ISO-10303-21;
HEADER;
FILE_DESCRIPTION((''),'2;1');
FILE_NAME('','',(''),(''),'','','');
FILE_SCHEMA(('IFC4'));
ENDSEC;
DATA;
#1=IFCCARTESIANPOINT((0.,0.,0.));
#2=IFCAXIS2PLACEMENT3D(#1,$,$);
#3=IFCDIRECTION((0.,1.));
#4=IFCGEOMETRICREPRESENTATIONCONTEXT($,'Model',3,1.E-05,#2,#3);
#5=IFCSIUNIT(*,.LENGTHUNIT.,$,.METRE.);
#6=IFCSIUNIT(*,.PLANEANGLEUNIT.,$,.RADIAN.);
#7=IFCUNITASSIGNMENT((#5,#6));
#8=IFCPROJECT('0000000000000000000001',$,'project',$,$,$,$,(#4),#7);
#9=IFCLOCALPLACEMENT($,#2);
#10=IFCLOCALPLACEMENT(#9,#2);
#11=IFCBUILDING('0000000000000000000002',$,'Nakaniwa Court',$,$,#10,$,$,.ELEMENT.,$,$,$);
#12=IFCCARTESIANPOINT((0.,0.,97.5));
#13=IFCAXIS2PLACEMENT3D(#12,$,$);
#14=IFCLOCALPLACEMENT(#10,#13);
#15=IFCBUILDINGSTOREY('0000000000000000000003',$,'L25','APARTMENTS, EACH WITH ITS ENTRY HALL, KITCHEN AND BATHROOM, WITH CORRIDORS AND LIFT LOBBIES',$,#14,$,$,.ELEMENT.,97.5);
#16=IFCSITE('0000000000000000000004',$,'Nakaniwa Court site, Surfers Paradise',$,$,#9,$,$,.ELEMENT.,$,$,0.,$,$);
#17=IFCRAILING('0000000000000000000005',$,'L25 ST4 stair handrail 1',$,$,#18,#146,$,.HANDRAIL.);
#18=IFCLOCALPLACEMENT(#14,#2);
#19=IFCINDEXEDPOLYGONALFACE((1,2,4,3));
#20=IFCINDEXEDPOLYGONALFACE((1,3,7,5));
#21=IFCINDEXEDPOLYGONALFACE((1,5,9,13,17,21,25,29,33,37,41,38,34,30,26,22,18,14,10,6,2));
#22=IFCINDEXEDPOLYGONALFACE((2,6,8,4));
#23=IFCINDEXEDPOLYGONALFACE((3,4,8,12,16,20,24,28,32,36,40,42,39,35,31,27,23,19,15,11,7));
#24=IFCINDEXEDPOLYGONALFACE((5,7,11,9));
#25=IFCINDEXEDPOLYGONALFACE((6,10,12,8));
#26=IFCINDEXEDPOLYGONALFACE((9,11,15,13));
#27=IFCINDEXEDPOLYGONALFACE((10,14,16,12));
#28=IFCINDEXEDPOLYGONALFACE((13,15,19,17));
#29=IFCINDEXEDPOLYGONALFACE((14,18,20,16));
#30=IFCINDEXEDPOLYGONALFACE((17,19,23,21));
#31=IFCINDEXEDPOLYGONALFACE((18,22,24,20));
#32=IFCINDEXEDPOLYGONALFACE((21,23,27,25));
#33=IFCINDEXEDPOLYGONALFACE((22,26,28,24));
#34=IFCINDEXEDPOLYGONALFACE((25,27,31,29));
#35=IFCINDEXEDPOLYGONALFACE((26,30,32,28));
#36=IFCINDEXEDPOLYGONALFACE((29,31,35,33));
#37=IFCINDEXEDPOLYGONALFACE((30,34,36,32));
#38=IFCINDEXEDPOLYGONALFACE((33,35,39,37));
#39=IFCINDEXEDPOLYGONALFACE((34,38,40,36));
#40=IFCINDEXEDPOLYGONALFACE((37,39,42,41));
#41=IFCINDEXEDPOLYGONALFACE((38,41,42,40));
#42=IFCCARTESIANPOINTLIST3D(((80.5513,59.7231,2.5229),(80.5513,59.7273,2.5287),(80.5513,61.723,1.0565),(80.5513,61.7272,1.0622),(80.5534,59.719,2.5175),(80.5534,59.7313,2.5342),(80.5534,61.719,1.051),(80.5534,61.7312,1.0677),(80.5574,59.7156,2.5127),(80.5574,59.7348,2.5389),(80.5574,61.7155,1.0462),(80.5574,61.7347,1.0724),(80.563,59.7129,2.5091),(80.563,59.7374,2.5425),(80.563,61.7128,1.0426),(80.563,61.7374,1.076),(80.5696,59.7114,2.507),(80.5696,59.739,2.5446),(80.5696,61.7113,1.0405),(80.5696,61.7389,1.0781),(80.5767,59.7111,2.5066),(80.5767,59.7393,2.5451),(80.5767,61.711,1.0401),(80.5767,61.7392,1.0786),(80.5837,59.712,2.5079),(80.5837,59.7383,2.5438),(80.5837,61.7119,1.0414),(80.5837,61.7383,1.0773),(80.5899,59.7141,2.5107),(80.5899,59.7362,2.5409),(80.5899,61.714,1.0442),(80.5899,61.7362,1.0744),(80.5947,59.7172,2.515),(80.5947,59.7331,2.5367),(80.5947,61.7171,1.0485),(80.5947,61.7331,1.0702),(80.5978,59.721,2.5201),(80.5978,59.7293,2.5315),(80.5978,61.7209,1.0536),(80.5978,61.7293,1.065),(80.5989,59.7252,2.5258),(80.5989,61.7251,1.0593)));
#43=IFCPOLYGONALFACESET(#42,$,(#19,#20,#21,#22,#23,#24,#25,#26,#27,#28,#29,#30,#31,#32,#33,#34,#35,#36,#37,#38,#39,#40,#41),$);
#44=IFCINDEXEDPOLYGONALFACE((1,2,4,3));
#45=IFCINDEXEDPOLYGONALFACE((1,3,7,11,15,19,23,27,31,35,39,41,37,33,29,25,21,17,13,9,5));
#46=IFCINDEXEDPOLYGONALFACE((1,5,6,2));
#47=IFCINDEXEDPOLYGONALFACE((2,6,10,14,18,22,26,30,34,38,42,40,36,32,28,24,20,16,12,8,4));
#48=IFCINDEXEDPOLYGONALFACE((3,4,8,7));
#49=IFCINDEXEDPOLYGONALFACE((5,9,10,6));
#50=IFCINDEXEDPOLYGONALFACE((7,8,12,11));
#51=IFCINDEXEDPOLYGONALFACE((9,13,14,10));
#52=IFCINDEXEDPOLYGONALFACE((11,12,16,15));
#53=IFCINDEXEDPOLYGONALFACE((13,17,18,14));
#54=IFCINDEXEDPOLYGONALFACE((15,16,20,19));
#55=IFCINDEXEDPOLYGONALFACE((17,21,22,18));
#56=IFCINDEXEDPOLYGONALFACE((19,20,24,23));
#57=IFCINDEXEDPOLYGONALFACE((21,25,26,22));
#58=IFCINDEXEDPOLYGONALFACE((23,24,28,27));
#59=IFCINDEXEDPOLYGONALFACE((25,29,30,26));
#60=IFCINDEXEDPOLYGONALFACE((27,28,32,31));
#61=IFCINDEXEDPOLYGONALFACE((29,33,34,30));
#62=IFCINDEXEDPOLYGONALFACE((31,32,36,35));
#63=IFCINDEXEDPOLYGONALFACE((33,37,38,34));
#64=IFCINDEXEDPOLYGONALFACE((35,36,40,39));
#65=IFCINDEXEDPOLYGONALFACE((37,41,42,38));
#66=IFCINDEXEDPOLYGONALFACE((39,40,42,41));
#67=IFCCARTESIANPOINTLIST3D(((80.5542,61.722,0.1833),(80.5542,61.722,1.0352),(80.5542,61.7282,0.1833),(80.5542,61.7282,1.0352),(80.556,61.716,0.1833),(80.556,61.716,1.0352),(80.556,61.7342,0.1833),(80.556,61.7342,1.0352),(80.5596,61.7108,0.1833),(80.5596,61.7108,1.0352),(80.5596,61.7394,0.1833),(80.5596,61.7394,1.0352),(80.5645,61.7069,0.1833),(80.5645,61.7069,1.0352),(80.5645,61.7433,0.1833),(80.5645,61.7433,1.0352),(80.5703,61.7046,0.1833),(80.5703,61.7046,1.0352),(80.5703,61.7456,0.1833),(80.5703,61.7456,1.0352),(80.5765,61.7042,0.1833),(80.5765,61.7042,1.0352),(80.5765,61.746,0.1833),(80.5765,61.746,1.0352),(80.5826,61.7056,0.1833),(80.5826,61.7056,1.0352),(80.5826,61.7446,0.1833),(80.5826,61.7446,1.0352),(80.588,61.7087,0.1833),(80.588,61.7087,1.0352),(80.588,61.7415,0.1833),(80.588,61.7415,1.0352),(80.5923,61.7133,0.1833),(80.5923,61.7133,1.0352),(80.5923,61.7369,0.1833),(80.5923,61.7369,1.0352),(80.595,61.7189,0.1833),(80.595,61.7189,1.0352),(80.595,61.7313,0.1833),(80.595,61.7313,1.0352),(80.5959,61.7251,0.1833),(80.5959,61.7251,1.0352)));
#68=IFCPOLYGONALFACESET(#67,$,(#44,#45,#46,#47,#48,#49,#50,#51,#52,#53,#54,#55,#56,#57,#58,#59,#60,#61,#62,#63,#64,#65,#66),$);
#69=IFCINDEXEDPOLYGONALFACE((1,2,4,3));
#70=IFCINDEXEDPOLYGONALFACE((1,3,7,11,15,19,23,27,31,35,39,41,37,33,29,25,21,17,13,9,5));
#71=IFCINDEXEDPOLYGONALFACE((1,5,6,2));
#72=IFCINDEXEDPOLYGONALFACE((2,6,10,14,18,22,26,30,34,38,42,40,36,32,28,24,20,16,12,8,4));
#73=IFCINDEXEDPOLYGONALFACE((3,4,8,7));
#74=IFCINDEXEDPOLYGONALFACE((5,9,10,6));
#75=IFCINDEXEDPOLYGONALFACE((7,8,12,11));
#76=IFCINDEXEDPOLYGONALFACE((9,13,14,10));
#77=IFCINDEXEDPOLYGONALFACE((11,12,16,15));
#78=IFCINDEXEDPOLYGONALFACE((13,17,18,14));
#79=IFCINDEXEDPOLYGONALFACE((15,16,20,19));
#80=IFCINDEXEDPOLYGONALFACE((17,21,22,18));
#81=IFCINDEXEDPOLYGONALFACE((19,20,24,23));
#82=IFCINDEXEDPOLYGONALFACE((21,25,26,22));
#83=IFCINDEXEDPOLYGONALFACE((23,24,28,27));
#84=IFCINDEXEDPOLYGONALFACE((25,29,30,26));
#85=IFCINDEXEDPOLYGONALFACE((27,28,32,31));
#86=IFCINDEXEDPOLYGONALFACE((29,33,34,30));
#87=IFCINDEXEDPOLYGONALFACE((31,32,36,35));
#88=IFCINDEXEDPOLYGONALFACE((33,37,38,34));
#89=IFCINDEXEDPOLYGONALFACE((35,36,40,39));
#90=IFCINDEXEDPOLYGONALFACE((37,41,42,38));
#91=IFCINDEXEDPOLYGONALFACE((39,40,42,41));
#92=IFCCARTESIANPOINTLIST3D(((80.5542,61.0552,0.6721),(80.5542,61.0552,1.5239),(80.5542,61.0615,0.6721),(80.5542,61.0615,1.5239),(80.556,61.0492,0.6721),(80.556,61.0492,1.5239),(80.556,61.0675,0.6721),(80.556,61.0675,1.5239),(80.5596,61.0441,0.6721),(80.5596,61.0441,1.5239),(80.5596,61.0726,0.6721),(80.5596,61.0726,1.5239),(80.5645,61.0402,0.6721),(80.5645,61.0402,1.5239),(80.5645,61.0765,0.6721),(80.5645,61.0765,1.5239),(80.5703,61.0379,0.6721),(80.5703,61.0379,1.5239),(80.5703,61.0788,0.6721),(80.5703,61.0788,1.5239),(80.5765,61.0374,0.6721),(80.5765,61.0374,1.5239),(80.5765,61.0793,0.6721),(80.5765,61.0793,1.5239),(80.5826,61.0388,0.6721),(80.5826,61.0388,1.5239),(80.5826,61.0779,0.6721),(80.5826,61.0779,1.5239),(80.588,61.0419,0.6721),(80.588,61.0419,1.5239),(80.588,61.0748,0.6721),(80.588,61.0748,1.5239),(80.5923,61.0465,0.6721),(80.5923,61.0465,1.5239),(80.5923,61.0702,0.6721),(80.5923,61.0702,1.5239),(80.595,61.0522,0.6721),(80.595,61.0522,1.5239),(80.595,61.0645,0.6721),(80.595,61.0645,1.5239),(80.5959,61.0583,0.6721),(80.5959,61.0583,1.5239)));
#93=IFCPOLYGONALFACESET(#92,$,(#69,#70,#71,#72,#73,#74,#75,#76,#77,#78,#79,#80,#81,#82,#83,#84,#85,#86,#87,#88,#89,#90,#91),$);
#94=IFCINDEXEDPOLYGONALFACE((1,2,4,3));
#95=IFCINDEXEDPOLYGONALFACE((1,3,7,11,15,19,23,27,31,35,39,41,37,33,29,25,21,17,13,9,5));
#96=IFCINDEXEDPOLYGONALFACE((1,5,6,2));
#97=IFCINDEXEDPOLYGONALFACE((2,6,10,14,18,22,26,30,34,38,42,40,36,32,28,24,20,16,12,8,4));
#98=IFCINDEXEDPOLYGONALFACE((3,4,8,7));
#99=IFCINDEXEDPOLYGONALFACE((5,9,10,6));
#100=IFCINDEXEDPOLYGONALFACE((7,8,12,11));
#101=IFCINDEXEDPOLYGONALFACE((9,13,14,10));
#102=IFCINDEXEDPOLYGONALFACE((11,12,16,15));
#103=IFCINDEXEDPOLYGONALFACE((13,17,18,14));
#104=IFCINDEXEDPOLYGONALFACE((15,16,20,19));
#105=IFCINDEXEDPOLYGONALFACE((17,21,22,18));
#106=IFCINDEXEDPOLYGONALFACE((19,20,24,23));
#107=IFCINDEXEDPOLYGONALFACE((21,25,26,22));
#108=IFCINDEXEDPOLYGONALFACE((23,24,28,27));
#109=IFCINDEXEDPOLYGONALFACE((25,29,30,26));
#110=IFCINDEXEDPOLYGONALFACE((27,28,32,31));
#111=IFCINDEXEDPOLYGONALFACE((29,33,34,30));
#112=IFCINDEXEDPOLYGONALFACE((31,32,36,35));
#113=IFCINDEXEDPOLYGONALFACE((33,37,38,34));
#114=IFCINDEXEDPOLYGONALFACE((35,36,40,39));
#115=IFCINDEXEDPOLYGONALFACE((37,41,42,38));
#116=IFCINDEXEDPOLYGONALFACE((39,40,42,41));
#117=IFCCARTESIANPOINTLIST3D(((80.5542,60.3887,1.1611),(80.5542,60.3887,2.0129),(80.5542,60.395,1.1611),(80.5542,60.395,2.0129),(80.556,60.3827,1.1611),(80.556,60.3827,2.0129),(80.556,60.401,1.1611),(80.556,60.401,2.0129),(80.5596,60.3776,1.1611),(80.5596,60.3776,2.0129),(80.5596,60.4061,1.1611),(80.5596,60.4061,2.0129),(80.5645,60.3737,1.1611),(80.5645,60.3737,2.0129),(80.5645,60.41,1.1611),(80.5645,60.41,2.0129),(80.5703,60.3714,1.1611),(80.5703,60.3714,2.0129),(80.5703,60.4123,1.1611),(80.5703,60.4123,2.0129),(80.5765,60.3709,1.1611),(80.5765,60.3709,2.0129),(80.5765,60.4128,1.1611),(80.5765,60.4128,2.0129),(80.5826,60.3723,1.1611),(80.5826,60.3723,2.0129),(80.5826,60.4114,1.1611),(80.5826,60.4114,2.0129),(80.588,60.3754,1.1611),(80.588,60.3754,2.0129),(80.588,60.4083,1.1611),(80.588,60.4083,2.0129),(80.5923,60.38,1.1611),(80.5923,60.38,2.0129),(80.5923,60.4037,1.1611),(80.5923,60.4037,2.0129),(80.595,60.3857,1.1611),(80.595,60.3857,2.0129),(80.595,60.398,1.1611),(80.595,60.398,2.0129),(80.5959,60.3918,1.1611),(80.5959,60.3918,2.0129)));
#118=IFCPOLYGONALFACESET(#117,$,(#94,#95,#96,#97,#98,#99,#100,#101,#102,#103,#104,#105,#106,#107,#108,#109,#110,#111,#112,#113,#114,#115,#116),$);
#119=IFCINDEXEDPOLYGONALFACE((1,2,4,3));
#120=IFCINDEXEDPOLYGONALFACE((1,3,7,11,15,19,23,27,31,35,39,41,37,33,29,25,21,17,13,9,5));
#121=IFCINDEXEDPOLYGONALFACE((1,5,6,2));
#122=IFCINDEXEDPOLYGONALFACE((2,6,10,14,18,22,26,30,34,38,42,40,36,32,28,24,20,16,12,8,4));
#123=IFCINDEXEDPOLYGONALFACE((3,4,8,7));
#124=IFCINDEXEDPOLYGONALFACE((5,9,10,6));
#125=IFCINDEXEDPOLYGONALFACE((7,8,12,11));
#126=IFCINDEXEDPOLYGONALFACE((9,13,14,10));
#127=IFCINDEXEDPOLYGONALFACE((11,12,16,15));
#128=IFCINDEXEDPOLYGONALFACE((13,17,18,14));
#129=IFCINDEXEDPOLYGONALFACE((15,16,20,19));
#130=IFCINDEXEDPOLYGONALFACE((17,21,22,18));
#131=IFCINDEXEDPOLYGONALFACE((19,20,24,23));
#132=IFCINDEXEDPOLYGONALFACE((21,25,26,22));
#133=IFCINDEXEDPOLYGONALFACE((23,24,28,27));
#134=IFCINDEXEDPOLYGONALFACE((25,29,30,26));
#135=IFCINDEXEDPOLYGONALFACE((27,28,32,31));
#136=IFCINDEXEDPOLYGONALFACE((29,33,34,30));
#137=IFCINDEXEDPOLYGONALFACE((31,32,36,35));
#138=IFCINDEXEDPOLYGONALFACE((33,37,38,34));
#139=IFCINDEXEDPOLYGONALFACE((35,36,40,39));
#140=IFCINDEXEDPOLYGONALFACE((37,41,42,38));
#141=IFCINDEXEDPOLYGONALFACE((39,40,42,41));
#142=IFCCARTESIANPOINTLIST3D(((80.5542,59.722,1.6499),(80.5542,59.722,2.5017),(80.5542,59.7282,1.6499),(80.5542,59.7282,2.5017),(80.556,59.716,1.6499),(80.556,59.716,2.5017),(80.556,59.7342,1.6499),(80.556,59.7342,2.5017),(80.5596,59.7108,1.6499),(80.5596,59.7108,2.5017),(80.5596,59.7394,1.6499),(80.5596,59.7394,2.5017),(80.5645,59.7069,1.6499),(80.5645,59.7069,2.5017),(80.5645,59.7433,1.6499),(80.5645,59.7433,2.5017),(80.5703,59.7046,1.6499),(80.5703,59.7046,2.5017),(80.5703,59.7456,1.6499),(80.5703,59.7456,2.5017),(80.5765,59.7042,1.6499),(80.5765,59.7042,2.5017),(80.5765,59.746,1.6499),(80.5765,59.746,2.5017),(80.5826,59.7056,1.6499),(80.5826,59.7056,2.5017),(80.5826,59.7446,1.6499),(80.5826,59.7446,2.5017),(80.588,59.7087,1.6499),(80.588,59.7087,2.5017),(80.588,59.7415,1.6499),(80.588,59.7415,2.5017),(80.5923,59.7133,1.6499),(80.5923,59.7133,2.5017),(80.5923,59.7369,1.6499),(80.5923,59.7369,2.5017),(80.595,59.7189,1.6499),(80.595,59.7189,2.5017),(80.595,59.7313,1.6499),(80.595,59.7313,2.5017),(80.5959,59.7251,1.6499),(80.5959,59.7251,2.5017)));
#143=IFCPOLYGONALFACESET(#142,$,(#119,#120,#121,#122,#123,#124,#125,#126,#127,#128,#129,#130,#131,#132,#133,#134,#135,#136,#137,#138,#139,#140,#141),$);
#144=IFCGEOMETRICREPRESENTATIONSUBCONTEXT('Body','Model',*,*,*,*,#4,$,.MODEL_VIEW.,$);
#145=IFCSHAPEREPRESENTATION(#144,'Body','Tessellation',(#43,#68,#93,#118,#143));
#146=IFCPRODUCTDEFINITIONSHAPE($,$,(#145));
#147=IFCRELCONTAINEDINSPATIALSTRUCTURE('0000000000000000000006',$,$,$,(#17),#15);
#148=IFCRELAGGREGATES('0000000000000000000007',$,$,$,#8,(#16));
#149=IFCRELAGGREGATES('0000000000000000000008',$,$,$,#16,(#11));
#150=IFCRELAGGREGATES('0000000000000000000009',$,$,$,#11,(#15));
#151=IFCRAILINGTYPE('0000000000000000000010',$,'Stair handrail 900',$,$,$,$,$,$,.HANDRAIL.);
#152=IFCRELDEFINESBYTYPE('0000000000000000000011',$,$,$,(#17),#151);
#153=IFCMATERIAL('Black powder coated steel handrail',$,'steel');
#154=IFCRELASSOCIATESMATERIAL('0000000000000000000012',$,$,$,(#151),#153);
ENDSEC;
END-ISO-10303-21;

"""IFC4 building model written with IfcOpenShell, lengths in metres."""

from ifc_helpers import new_model, si_unit, direction, frame, origin, origin_2d, place, context, subcontext, project, spatial, circle, extrude, material, type_object, element, save


model = new_model("IFC4")

# Units and contexts
model_context = context("Model", 3, precision=1e-05, world=origin(), true_north=direction((0.0, 1.0)))
body_context = subcontext(model_context, "Body", "Model", "MODEL_VIEW")
ifc_project = project(units=[si_unit("LENGTHUNIT", "METRE"), si_unit("PLANEANGLEUNIT", "RADIAN")], contexts=[model_context])

# Site, building, storey
site_placement = place(None, origin())
site = spatial("IfcSite", under=ifc_project, at=site_placement, Name="Nakaniwa Court site, Surfers Paradise", CompositionType="ELEMENT", RefElevation=0.0)
building_placement = place(site_placement, origin())
building = spatial("IfcBuilding", under=site, at=building_placement, Name="Nakaniwa Court", CompositionType="ELEMENT")
storey_placement = place(building_placement, frame((0.0, 0.0, 97.5)))
storey = spatial("IfcBuildingStorey", under=building, at=storey_placement, Name="L25", Description="APARTMENTS, EACH WITH ITS ENTRY HALL, KITCHEN AND BATHROOM, WITH CORRIDORS AND LIFT LOBBIES", CompositionType="ELEMENT", Elevation=97.5)

# Railing
ifc_material_1 = material(Name="Black powder coated steel handrail", Category="steel")
railing_type_1 = type_object("IfcRailingType", Name="Stair handrail 900", PredefinedType="HANDRAIL", material=ifc_material_1)
railing_1_placement = place(storey_placement, frame((80.575, 61.7251, 0.1833)))
element("IfcRailing", 1, at=railing_1_placement, inside=storey, type_object=railing_type_1, Name="L25 ST4 stair handrail 1", PredefinedType="HANDRAIL", context=body_context, shape_type="SweptSolid", body=[
    extrude(circle(Radius=0.0239, at=origin_2d()), frame((0.0, 0.0, 0.876), z_axis=(0.0, -0.806427, 0.591334), x_axis=(1.0, 0.0, 0.0)), (0.0, 0.0, 1.0), 2.48),
    extrude(circle(Radius=0.021, at=origin_2d()), origin(), (0.0, 0.0, 1.0), 0.8518),
    extrude(circle(Radius=0.021, at=origin_2d()), frame((0.0, -0.6667, 0.4888)), (0.0, 0.0, 1.0), 0.8518),
    extrude(circle(Radius=0.021, at=origin_2d()), frame((0.0, -1.3333, 0.9778)), (0.0, 0.0, 1.0), 0.8518),
    extrude(circle(Radius=0.021, at=origin_2d()), frame((0.0, -2.0, 1.4666)), (0.0, 0.0, 1.0), 0.8518),
])

save(model, "model.ifc")
